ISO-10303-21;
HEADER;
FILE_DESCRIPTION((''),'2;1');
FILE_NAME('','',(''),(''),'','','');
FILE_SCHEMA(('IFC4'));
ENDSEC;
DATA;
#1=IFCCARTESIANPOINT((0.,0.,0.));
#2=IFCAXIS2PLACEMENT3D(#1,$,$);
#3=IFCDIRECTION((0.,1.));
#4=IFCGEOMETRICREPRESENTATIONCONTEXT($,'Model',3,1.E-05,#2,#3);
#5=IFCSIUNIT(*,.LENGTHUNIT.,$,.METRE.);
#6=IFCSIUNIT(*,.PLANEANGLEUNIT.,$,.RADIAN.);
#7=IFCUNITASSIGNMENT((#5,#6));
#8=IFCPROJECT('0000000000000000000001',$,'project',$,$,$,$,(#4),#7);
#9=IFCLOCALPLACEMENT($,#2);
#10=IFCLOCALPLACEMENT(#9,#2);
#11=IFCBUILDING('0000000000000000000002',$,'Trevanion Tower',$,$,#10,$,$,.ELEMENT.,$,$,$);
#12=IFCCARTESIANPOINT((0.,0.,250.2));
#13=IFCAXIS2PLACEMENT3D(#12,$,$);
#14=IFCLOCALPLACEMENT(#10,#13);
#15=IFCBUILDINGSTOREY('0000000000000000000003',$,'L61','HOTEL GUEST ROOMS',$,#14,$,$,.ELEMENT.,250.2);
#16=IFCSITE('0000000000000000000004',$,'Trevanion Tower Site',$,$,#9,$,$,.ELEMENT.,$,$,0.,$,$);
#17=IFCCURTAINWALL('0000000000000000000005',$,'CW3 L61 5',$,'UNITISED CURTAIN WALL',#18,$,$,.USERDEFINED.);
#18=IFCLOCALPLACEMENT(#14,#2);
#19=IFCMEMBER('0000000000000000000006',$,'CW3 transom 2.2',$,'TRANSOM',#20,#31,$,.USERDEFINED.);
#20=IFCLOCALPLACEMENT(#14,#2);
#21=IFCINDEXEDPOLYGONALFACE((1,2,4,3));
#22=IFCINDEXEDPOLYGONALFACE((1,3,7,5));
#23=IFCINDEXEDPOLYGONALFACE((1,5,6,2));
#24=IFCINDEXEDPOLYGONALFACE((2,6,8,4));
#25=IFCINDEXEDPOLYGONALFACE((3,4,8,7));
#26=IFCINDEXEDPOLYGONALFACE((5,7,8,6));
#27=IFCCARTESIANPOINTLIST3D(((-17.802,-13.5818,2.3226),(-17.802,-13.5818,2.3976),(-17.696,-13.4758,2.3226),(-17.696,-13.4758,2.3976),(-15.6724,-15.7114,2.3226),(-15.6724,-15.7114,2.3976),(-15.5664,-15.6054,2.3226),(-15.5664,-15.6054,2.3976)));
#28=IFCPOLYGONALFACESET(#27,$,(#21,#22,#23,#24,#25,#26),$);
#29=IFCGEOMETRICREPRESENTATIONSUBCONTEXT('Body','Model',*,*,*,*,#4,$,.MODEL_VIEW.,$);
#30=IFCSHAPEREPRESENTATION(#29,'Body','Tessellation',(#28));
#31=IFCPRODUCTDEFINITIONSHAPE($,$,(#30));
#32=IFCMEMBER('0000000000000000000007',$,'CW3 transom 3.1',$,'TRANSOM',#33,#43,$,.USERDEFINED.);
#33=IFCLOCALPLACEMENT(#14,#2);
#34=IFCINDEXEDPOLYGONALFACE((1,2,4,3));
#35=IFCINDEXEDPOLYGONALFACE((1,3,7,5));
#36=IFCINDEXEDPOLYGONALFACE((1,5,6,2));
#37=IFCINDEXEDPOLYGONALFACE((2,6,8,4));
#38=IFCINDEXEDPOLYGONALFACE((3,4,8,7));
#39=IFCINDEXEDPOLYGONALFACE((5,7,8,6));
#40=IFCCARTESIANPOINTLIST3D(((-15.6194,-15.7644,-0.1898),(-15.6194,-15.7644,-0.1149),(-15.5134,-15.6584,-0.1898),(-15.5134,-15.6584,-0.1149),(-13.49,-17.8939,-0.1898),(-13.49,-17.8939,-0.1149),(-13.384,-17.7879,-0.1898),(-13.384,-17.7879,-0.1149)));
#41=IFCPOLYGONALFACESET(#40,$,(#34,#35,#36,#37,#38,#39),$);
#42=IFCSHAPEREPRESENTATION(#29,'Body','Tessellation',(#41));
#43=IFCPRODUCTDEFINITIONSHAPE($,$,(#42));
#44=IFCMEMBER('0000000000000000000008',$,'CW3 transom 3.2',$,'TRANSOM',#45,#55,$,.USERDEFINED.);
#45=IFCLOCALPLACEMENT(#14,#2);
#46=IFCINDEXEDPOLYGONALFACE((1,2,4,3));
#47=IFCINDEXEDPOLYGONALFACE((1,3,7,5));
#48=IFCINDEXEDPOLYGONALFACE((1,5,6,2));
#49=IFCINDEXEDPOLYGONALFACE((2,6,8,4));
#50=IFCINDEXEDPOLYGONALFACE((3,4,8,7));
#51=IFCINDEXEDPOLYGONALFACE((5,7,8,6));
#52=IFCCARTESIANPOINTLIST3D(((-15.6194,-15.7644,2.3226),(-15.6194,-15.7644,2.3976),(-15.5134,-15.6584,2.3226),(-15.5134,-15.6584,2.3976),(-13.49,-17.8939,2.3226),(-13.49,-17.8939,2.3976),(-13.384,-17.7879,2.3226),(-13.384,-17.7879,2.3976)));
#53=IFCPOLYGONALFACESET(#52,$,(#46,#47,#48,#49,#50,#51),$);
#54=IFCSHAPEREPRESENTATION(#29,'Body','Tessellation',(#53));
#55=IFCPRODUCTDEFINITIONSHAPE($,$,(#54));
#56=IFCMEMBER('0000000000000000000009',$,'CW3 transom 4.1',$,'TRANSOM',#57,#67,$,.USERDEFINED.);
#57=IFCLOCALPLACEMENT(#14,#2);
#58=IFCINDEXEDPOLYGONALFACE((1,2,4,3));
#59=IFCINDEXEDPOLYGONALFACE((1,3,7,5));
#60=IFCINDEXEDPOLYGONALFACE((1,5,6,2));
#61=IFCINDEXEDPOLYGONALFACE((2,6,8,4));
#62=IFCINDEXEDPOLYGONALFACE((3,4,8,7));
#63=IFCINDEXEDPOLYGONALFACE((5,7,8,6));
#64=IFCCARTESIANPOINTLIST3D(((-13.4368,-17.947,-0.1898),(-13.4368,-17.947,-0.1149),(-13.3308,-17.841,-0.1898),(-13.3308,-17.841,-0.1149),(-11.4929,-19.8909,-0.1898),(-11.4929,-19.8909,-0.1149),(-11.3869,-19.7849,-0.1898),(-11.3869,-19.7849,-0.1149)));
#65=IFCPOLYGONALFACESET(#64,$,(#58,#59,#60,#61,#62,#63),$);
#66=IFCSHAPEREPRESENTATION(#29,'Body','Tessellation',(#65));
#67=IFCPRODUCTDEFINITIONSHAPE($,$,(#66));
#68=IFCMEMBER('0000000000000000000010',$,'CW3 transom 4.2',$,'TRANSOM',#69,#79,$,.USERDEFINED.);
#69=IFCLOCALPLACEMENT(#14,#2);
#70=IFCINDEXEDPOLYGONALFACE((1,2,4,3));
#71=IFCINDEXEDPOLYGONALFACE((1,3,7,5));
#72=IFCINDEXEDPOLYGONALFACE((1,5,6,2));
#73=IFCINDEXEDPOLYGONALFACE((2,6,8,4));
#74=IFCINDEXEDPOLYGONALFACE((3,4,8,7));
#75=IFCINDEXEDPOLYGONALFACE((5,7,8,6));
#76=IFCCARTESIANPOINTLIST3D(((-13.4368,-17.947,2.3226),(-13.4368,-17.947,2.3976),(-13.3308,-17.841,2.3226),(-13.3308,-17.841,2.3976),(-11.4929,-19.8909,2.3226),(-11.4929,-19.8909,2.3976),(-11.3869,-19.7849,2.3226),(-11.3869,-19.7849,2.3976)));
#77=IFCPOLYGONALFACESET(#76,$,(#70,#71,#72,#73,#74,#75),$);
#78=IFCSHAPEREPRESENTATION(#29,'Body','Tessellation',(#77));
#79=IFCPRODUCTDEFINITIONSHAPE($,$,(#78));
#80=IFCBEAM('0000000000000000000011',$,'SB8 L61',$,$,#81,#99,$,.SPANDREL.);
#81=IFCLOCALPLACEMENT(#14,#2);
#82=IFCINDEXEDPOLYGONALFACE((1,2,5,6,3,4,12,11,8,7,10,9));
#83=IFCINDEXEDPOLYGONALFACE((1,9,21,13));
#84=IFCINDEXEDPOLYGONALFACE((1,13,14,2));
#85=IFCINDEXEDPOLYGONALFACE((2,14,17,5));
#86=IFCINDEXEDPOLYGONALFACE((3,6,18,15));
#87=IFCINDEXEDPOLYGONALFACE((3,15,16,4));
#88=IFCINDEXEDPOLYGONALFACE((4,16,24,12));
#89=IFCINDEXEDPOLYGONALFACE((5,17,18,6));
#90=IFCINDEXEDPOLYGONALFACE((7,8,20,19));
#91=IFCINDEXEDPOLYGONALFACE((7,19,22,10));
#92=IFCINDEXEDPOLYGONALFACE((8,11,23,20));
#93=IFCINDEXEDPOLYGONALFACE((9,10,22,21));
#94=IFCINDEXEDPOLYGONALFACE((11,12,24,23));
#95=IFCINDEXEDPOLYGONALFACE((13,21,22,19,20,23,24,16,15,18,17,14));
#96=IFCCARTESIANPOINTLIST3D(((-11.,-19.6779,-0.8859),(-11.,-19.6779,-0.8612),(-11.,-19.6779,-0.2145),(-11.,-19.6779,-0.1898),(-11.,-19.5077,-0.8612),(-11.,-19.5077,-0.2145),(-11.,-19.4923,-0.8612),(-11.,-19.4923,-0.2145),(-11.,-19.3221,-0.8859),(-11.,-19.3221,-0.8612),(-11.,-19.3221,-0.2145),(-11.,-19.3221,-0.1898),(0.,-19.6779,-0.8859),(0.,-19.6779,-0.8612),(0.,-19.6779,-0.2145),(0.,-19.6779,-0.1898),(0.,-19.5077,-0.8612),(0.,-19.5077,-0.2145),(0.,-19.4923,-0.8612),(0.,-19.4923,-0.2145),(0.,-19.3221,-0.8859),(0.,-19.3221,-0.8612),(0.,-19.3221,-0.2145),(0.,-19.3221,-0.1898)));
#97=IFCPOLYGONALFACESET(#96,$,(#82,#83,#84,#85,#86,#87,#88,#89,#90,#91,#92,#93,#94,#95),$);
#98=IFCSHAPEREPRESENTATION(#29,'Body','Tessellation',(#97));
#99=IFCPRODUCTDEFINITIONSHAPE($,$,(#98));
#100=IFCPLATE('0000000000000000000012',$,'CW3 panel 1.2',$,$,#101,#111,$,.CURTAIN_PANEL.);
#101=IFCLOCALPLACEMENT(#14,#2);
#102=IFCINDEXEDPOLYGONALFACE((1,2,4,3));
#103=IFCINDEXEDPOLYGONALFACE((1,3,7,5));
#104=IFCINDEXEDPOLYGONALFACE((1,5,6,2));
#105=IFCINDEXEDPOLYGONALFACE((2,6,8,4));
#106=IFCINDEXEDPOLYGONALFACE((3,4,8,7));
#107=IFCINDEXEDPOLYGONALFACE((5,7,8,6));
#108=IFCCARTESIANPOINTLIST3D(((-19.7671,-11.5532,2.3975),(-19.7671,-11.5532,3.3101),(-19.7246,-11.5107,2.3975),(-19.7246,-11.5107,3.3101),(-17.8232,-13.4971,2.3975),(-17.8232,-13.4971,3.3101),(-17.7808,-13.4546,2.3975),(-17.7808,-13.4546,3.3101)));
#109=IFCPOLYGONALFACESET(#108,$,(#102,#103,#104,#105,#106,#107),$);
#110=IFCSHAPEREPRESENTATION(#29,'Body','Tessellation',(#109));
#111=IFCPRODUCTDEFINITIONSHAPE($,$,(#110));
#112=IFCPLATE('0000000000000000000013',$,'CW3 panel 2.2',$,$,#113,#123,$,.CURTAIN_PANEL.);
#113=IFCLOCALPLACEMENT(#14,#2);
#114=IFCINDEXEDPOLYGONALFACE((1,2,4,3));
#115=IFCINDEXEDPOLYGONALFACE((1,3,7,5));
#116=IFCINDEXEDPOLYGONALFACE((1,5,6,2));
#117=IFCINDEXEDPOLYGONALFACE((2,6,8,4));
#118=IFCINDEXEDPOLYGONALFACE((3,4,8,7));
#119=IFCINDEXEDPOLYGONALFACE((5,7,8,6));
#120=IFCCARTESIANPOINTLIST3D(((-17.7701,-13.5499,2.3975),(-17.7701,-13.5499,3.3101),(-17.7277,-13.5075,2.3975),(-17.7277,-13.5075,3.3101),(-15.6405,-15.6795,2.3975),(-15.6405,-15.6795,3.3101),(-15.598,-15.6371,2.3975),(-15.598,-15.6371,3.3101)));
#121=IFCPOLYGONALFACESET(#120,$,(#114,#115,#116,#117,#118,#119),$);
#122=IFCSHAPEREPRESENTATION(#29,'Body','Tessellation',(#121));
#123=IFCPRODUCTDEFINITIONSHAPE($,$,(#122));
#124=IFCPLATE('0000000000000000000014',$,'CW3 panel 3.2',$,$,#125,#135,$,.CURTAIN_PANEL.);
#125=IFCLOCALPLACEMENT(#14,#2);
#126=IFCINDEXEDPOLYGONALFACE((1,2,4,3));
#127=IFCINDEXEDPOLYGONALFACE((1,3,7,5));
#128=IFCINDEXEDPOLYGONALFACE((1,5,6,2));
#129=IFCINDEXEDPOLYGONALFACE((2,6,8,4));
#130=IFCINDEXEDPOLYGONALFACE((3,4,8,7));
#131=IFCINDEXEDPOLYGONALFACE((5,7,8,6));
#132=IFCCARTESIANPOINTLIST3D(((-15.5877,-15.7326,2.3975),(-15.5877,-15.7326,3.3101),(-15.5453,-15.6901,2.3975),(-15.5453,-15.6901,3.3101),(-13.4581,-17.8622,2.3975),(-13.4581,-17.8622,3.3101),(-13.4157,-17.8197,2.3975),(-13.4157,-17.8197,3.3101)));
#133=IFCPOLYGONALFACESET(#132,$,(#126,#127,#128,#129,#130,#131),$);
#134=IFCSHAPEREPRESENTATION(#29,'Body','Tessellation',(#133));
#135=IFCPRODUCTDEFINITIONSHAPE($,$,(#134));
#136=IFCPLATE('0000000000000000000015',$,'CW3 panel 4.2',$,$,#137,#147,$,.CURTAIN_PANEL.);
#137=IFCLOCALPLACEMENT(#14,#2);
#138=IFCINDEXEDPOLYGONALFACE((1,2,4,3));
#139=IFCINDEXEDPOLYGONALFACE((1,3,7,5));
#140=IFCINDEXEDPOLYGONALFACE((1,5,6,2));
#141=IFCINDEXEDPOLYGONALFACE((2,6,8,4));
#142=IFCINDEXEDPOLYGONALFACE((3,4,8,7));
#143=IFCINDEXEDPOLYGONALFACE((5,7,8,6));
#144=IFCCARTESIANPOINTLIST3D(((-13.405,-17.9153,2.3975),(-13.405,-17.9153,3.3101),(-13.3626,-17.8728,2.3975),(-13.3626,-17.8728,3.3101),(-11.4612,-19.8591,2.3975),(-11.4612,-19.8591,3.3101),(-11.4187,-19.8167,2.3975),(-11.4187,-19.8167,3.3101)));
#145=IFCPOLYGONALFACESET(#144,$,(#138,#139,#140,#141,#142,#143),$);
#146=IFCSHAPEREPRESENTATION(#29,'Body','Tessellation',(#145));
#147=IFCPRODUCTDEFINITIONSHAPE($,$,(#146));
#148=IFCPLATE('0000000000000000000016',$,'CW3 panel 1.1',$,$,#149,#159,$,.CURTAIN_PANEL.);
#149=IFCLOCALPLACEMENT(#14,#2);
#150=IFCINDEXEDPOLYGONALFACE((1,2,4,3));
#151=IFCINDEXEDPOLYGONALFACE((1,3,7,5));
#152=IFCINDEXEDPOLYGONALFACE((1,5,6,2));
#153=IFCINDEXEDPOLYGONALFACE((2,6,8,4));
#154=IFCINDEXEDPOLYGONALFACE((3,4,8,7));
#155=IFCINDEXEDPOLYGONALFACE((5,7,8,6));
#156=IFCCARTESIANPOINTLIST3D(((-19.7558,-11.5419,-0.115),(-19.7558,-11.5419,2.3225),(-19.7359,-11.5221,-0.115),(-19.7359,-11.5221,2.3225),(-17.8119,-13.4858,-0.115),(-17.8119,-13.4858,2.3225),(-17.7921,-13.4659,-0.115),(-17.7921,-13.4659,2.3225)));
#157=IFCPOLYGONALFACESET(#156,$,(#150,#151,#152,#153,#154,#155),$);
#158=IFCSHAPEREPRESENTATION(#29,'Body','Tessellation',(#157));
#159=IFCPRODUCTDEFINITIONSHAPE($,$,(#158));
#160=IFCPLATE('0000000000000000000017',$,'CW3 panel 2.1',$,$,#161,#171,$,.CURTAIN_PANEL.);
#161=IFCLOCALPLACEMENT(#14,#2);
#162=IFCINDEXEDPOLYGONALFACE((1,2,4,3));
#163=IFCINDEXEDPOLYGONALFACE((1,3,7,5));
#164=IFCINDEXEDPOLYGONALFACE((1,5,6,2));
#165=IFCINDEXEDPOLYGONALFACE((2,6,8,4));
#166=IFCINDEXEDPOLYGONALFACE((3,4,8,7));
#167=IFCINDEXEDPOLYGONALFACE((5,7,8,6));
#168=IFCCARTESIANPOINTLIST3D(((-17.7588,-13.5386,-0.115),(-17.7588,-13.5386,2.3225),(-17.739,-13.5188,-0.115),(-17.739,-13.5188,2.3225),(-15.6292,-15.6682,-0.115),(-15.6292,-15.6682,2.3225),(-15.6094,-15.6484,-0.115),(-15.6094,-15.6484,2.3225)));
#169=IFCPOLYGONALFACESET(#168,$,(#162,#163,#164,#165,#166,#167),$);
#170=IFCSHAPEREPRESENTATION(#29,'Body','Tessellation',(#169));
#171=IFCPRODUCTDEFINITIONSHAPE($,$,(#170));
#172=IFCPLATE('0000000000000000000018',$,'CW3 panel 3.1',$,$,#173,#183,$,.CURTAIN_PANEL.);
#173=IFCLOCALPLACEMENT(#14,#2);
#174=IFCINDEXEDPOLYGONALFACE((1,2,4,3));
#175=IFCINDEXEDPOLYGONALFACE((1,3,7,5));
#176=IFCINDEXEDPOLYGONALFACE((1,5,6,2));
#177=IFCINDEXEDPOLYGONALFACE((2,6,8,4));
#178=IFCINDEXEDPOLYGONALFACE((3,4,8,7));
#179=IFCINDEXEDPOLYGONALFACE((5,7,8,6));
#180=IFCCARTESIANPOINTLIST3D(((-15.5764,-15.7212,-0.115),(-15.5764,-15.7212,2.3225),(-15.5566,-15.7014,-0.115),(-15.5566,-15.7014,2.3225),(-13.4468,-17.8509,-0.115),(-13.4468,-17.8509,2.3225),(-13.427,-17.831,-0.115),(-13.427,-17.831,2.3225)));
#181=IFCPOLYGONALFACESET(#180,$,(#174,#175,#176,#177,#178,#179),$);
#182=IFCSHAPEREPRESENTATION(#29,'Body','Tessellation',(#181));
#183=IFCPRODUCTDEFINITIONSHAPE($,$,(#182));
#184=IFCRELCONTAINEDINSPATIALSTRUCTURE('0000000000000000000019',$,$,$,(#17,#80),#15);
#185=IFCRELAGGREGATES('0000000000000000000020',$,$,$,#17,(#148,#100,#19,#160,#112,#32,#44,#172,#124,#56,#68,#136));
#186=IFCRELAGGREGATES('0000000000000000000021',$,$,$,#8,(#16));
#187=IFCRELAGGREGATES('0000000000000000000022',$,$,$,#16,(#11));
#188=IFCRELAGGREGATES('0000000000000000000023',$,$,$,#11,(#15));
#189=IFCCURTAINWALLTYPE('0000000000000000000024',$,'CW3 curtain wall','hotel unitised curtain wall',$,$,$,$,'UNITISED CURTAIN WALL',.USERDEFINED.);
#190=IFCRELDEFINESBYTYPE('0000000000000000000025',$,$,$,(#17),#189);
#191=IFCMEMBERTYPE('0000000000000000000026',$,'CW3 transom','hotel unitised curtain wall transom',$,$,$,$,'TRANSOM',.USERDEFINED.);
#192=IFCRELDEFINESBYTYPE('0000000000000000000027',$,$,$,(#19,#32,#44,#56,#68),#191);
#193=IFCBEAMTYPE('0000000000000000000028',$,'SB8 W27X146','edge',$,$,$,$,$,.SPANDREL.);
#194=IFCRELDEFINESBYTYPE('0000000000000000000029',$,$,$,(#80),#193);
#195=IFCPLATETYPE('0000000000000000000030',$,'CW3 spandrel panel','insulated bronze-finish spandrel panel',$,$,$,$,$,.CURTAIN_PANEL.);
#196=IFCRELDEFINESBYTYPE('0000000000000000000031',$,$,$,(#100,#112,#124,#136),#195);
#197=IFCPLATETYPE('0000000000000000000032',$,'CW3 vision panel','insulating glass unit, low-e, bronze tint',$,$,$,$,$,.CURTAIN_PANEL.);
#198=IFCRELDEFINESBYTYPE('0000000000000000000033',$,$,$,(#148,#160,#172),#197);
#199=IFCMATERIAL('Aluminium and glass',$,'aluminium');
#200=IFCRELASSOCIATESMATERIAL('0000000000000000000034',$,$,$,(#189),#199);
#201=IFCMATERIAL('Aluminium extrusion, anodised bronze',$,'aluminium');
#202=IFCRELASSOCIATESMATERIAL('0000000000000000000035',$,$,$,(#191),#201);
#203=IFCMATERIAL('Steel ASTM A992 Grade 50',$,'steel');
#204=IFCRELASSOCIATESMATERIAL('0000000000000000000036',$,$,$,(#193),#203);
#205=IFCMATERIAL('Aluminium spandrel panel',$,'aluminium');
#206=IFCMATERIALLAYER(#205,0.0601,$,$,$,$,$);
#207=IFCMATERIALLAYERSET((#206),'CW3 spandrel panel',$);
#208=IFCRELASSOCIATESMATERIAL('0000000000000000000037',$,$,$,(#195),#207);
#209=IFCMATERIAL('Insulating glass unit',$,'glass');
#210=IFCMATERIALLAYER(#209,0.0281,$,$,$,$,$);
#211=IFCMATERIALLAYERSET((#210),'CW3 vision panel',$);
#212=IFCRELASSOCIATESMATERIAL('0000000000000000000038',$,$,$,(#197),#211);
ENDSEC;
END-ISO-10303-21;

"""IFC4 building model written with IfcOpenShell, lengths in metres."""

from ifc_helpers import new_model, si_unit, direction, frame, origin, origin_2d, place, context, subcontext, project, spatial, rectangle, i_section, extrude, material, layer, layer_set, material_profile, profile_set, type_object, element, aggregate, save


model = new_model("IFC4")

# Units and contexts
model_context = context("Model", 3, precision=1e-05, world=origin(), true_north=direction((0.0, 1.0)))
body_context = subcontext(model_context, "Body", "Model", "MODEL_VIEW")
ifc_project = project(units=[si_unit("LENGTHUNIT", "METRE"), si_unit("PLANEANGLEUNIT", "RADIAN")], contexts=[model_context])

# Site, building, storey
site_placement = place(None, origin())
site = spatial("IfcSite", under=ifc_project, at=site_placement, Name="Trevanion Tower Site", CompositionType="ELEMENT", RefElevation=0.0)
building_placement = place(site_placement, origin())
building = spatial("IfcBuilding", under=site, at=building_placement, Name="Trevanion Tower", CompositionType="ELEMENT")
storey_placement = place(building_placement, frame((0.0, 0.0, 250.2)))
storey = spatial("IfcBuildingStorey", under=building, at=storey_placement, Name="L61", Description="HOTEL GUEST ROOMS", CompositionType="ELEMENT", Elevation=250.2)

# Curtain wall
ifc_material_1 = material(Name="Aluminium and glass", Category="aluminium")
curtain_wall_type = type_object("IfcCurtainWallType", Name="CW3 curtain wall", Description="hotel unitised curtain wall", ElementType="UNITISED CURTAIN WALL", PredefinedType="USERDEFINED", material=ifc_material_1)
curtain_wall_1_placement = place(storey_placement, origin())
curtain_wall_1 = element("IfcCurtainWall", 1, at=curtain_wall_1_placement, inside=storey, type_object=curtain_wall_type, Name="CW3 L61 5", ObjectType="UNITISED CURTAIN WALL", PredefinedType="USERDEFINED")

# Members
ifc_material_2 = material(Name="Aluminium extrusion, anodised bronze", Category="aluminium")
ifc_material_profile_1 = material_profile(ifc_material_2, rectangle(XDim=0.1499, YDim=0.075, at=origin_2d()), Name="CW3 transom")
ifc_profile_set_1 = profile_set([ifc_material_profile_1], Name="Aluminium extrusion, anodised bronze")
member_type_1 = type_object("IfcMemberType", Name="CW3 transom", Description="hotel unitised curtain wall transom", ElementType="TRANSOM", PredefinedType="USERDEFINED", material=ifc_profile_set_1)
member_1_placement = place(storey_placement, frame((-17.749, -13.5288, 2.3601), z_axis=(0.707107, -0.707107, 0.0), x_axis=(0.707107, 0.707107, 0.0)))
member_1 = element("IfcMember", 2, at=member_1_placement, type_object=member_type_1, Name="CW3 transom 2.2", ObjectType="TRANSOM", PredefinedType="USERDEFINED", context=body_context, shape_type="SweptSolid", body=[
    extrude(rectangle(XDim=0.1499, YDim=0.075, at=origin_2d()), origin(), (0.0, 0.0, 1.0), 3.0117),
])
member_2_placement = place(storey_placement, frame((-15.5664, -15.7114, -0.1523), z_axis=(0.707107, -0.707107, 0.0), x_axis=(0.707107, 0.707107, 0.0)))
member_2 = element("IfcMember", 3, at=member_2_placement, type_object=member_type_1, Name="CW3 transom 3.1", ObjectType="TRANSOM", PredefinedType="USERDEFINED", context=body_context, shape_type="SweptSolid", body=[
    extrude(rectangle(XDim=0.1499, YDim=0.075, at=origin_2d()), origin(), (0.0, 0.0, 1.0), 3.0115),
])
member_3_placement = place(storey_placement, frame((-15.5664, -15.7114, 2.3601), z_axis=(0.707107, -0.707107, 0.0), x_axis=(0.707107, 0.707107, 0.0)))
member_3 = element("IfcMember", 4, at=member_3_placement, type_object=member_type_1, Name="CW3 transom 3.2", ObjectType="TRANSOM", PredefinedType="USERDEFINED", context=body_context, shape_type="SweptSolid", body=[
    extrude(rectangle(XDim=0.1499, YDim=0.075, at=origin_2d()), origin(), (0.0, 0.0, 1.0), 3.0115),
])
member_4_placement = place(storey_placement, frame((-13.3838, -17.894, -0.1523), z_axis=(0.707107, -0.707107, 0.0), x_axis=(0.707107, 0.707107, 0.0)))
member_4 = element("IfcMember", 5, at=member_4_placement, type_object=member_type_1, Name="CW3 transom 4.1", ObjectType="TRANSOM", PredefinedType="USERDEFINED", context=body_context, shape_type="SweptSolid", body=[
    extrude(rectangle(XDim=0.1499, YDim=0.075, at=origin_2d()), origin(), (0.0, 0.0, 1.0), 2.749),
])
member_5_placement = place(storey_placement, frame((-13.3838, -17.894, 2.3601), z_axis=(0.707107, -0.707107, 0.0), x_axis=(0.707107, 0.707107, 0.0)))
member_5 = element("IfcMember", 6, at=member_5_placement, type_object=member_type_1, Name="CW3 transom 4.2", ObjectType="TRANSOM", PredefinedType="USERDEFINED", context=body_context, shape_type="SweptSolid", body=[
    extrude(rectangle(XDim=0.1499, YDim=0.075, at=origin_2d()), origin(), (0.0, 0.0, 1.0), 2.749),
])

# Beam
ifc_material_3 = material(Name="Steel ASTM A992 Grade 50", Category="steel")
ifc_material_profile_2 = material_profile(ifc_material_3, i_section(OverallWidth=0.3557, OverallDepth=0.696, WebThickness=0.0154, FlangeThickness=0.0247, at=origin_2d()), Name="W27X146")
ifc_profile_set_2 = profile_set([ifc_material_profile_2], Name="Steel ASTM A992 Grade 50")
beam_type_1 = type_object("IfcBeamType", Name="SB8 W27X146", Description="edge", PredefinedType="SPANDREL", material=ifc_profile_set_2)
beam_1_placement = place(storey_placement, frame((-11.0, -19.5, -0.5378), z_axis=(1.0, 0.0, 0.0), x_axis=(0.0, 1.0, 0.0)))
element("IfcBeam", 7, at=beam_1_placement, inside=storey, type_object=beam_type_1, Name="SB8 L61", PredefinedType="SPANDREL", context=body_context, shape_type="SweptSolid", body=[
    extrude(i_section(OverallWidth=0.3557, OverallDepth=0.696, WebThickness=0.0154, FlangeThickness=0.0247, at=origin_2d()), origin(), (0.0, 0.0, 1.0), 11.0),
])

# Plates
ifc_material_4 = material(Name="Aluminium spandrel panel", Category="aluminium")
ifc_layer_1 = layer(ifc_material_4, 0.0601)
ifc_layer_set_1 = layer_set([ifc_layer_1], Name="CW3 spandrel panel")
plate_type_1 = type_object("IfcPlateType", Name="CW3 spandrel panel", Description="insulated bronze-finish spandrel panel", PredefinedType="CURTAIN_PANEL", material=ifc_layer_set_1)
plate_1_placement = place(storey_placement, frame((-18.7739, -12.5039, 2.3975), z_axis=(0.0, 0.0, 1.0), x_axis=(0.707107, -0.707107, 0.0)))
plate_1 = element("IfcPlate", 8, at=plate_1_placement, type_object=plate_type_1, Name="CW3 panel 1.2", PredefinedType="CURTAIN_PANEL", context=body_context, shape_type="SweptSolid", body=[
    extrude(rectangle(XDim=2.749, YDim=0.0601, at=origin_2d()), origin(), (0.0, 0.0, 1.0), 0.9126),
])
plate_2_placement = place(storey_placement, frame((-16.6841, -14.5935, 2.3975), z_axis=(0.0, 0.0, 1.0), x_axis=(0.707107, -0.707107, 0.0)))
plate_2 = element("IfcPlate", 9, at=plate_2_placement, type_object=plate_type_1, Name="CW3 panel 2.2", PredefinedType="CURTAIN_PANEL", context=body_context, shape_type="SweptSolid", body=[
    extrude(rectangle(XDim=3.0117, YDim=0.0601, at=origin_2d()), origin(), (0.0, 0.0, 1.0), 0.9126),
])
plate_3_placement = place(storey_placement, frame((-14.5017, -16.7761, 2.3975), z_axis=(0.0, 0.0, 1.0), x_axis=(0.707107, -0.707107, 0.0)))
plate_3 = element("IfcPlate", 10, at=plate_3_placement, type_object=plate_type_1, Name="CW3 panel 3.2", PredefinedType="CURTAIN_PANEL", context=body_context, shape_type="SweptSolid", body=[
    extrude(rectangle(XDim=3.0117, YDim=0.0601, at=origin_2d()), origin(), (0.0, 0.0, 1.0), 0.9126),
])
plate_4_placement = place(storey_placement, frame((-12.4119, -18.866, 2.3975), z_axis=(0.0, 0.0, 1.0), x_axis=(0.707107, -0.707107, 0.0)))
plate_4 = element("IfcPlate", 11, at=plate_4_placement, type_object=plate_type_1, Name="CW3 panel 4.2", PredefinedType="CURTAIN_PANEL", context=body_context, shape_type="SweptSolid", body=[
    extrude(rectangle(XDim=2.749, YDim=0.0601, at=origin_2d()), origin(), (0.0, 0.0, 1.0), 0.9126),
])
ifc_material_5 = material(Name="Insulating glass unit", Category="glass")
ifc_layer_2 = layer(ifc_material_5, 0.0281)
ifc_layer_set_2 = layer_set([ifc_layer_2], Name="CW3 vision panel")
plate_type_2 = type_object("IfcPlateType", Name="CW3 vision panel", Description="insulating glass unit, low-e, bronze tint", PredefinedType="CURTAIN_PANEL", material=ifc_layer_set_2)
plate_5_placement = place(storey_placement, frame((-18.7739, -12.5039, -0.115), z_axis=(0.0, 0.0, 1.0), x_axis=(0.707107, -0.707107, 0.0)))
plate_5 = element("IfcPlate", 12, at=plate_5_placement, type_object=plate_type_2, Name="CW3 panel 1.1", PredefinedType="CURTAIN_PANEL", context=body_context, shape_type="SweptSolid", body=[
    extrude(rectangle(XDim=2.749, YDim=0.0281, at=origin_2d()), origin(), (0.0, 0.0, 1.0), 2.4375),
])
plate_6_placement = place(storey_placement, frame((-16.6841, -14.5935, -0.115), z_axis=(0.0, 0.0, 1.0), x_axis=(0.707107, -0.707107, 0.0)))
plate_6 = element("IfcPlate", 13, at=plate_6_placement, type_object=plate_type_2, Name="CW3 panel 2.1", PredefinedType="CURTAIN_PANEL", context=body_context, shape_type="SweptSolid", body=[
    extrude(rectangle(XDim=3.0117, YDim=0.0281, at=origin_2d()), origin(), (0.0, 0.0, 1.0), 2.4375),
])
plate_7_placement = place(storey_placement, frame((-14.5017, -16.7761, -0.115), z_axis=(0.0, 0.0, 1.0), x_axis=(0.707107, -0.707107, 0.0)))
plate_7 = element("IfcPlate", 14, at=plate_7_placement, type_object=plate_type_2, Name="CW3 panel 3.1", PredefinedType="CURTAIN_PANEL", context=body_context, shape_type="SweptSolid", body=[
    extrude(rectangle(XDim=3.0117, YDim=0.0281, at=origin_2d()), origin(), (0.0, 0.0, 1.0), 2.4375),
])
aggregate(curtain_wall_1, [plate_5, plate_1, member_1, plate_6, plate_2, member_2, member_3, plate_7, plate_3, member_4, member_5, plate_4])

save(model, "model.ifc")
